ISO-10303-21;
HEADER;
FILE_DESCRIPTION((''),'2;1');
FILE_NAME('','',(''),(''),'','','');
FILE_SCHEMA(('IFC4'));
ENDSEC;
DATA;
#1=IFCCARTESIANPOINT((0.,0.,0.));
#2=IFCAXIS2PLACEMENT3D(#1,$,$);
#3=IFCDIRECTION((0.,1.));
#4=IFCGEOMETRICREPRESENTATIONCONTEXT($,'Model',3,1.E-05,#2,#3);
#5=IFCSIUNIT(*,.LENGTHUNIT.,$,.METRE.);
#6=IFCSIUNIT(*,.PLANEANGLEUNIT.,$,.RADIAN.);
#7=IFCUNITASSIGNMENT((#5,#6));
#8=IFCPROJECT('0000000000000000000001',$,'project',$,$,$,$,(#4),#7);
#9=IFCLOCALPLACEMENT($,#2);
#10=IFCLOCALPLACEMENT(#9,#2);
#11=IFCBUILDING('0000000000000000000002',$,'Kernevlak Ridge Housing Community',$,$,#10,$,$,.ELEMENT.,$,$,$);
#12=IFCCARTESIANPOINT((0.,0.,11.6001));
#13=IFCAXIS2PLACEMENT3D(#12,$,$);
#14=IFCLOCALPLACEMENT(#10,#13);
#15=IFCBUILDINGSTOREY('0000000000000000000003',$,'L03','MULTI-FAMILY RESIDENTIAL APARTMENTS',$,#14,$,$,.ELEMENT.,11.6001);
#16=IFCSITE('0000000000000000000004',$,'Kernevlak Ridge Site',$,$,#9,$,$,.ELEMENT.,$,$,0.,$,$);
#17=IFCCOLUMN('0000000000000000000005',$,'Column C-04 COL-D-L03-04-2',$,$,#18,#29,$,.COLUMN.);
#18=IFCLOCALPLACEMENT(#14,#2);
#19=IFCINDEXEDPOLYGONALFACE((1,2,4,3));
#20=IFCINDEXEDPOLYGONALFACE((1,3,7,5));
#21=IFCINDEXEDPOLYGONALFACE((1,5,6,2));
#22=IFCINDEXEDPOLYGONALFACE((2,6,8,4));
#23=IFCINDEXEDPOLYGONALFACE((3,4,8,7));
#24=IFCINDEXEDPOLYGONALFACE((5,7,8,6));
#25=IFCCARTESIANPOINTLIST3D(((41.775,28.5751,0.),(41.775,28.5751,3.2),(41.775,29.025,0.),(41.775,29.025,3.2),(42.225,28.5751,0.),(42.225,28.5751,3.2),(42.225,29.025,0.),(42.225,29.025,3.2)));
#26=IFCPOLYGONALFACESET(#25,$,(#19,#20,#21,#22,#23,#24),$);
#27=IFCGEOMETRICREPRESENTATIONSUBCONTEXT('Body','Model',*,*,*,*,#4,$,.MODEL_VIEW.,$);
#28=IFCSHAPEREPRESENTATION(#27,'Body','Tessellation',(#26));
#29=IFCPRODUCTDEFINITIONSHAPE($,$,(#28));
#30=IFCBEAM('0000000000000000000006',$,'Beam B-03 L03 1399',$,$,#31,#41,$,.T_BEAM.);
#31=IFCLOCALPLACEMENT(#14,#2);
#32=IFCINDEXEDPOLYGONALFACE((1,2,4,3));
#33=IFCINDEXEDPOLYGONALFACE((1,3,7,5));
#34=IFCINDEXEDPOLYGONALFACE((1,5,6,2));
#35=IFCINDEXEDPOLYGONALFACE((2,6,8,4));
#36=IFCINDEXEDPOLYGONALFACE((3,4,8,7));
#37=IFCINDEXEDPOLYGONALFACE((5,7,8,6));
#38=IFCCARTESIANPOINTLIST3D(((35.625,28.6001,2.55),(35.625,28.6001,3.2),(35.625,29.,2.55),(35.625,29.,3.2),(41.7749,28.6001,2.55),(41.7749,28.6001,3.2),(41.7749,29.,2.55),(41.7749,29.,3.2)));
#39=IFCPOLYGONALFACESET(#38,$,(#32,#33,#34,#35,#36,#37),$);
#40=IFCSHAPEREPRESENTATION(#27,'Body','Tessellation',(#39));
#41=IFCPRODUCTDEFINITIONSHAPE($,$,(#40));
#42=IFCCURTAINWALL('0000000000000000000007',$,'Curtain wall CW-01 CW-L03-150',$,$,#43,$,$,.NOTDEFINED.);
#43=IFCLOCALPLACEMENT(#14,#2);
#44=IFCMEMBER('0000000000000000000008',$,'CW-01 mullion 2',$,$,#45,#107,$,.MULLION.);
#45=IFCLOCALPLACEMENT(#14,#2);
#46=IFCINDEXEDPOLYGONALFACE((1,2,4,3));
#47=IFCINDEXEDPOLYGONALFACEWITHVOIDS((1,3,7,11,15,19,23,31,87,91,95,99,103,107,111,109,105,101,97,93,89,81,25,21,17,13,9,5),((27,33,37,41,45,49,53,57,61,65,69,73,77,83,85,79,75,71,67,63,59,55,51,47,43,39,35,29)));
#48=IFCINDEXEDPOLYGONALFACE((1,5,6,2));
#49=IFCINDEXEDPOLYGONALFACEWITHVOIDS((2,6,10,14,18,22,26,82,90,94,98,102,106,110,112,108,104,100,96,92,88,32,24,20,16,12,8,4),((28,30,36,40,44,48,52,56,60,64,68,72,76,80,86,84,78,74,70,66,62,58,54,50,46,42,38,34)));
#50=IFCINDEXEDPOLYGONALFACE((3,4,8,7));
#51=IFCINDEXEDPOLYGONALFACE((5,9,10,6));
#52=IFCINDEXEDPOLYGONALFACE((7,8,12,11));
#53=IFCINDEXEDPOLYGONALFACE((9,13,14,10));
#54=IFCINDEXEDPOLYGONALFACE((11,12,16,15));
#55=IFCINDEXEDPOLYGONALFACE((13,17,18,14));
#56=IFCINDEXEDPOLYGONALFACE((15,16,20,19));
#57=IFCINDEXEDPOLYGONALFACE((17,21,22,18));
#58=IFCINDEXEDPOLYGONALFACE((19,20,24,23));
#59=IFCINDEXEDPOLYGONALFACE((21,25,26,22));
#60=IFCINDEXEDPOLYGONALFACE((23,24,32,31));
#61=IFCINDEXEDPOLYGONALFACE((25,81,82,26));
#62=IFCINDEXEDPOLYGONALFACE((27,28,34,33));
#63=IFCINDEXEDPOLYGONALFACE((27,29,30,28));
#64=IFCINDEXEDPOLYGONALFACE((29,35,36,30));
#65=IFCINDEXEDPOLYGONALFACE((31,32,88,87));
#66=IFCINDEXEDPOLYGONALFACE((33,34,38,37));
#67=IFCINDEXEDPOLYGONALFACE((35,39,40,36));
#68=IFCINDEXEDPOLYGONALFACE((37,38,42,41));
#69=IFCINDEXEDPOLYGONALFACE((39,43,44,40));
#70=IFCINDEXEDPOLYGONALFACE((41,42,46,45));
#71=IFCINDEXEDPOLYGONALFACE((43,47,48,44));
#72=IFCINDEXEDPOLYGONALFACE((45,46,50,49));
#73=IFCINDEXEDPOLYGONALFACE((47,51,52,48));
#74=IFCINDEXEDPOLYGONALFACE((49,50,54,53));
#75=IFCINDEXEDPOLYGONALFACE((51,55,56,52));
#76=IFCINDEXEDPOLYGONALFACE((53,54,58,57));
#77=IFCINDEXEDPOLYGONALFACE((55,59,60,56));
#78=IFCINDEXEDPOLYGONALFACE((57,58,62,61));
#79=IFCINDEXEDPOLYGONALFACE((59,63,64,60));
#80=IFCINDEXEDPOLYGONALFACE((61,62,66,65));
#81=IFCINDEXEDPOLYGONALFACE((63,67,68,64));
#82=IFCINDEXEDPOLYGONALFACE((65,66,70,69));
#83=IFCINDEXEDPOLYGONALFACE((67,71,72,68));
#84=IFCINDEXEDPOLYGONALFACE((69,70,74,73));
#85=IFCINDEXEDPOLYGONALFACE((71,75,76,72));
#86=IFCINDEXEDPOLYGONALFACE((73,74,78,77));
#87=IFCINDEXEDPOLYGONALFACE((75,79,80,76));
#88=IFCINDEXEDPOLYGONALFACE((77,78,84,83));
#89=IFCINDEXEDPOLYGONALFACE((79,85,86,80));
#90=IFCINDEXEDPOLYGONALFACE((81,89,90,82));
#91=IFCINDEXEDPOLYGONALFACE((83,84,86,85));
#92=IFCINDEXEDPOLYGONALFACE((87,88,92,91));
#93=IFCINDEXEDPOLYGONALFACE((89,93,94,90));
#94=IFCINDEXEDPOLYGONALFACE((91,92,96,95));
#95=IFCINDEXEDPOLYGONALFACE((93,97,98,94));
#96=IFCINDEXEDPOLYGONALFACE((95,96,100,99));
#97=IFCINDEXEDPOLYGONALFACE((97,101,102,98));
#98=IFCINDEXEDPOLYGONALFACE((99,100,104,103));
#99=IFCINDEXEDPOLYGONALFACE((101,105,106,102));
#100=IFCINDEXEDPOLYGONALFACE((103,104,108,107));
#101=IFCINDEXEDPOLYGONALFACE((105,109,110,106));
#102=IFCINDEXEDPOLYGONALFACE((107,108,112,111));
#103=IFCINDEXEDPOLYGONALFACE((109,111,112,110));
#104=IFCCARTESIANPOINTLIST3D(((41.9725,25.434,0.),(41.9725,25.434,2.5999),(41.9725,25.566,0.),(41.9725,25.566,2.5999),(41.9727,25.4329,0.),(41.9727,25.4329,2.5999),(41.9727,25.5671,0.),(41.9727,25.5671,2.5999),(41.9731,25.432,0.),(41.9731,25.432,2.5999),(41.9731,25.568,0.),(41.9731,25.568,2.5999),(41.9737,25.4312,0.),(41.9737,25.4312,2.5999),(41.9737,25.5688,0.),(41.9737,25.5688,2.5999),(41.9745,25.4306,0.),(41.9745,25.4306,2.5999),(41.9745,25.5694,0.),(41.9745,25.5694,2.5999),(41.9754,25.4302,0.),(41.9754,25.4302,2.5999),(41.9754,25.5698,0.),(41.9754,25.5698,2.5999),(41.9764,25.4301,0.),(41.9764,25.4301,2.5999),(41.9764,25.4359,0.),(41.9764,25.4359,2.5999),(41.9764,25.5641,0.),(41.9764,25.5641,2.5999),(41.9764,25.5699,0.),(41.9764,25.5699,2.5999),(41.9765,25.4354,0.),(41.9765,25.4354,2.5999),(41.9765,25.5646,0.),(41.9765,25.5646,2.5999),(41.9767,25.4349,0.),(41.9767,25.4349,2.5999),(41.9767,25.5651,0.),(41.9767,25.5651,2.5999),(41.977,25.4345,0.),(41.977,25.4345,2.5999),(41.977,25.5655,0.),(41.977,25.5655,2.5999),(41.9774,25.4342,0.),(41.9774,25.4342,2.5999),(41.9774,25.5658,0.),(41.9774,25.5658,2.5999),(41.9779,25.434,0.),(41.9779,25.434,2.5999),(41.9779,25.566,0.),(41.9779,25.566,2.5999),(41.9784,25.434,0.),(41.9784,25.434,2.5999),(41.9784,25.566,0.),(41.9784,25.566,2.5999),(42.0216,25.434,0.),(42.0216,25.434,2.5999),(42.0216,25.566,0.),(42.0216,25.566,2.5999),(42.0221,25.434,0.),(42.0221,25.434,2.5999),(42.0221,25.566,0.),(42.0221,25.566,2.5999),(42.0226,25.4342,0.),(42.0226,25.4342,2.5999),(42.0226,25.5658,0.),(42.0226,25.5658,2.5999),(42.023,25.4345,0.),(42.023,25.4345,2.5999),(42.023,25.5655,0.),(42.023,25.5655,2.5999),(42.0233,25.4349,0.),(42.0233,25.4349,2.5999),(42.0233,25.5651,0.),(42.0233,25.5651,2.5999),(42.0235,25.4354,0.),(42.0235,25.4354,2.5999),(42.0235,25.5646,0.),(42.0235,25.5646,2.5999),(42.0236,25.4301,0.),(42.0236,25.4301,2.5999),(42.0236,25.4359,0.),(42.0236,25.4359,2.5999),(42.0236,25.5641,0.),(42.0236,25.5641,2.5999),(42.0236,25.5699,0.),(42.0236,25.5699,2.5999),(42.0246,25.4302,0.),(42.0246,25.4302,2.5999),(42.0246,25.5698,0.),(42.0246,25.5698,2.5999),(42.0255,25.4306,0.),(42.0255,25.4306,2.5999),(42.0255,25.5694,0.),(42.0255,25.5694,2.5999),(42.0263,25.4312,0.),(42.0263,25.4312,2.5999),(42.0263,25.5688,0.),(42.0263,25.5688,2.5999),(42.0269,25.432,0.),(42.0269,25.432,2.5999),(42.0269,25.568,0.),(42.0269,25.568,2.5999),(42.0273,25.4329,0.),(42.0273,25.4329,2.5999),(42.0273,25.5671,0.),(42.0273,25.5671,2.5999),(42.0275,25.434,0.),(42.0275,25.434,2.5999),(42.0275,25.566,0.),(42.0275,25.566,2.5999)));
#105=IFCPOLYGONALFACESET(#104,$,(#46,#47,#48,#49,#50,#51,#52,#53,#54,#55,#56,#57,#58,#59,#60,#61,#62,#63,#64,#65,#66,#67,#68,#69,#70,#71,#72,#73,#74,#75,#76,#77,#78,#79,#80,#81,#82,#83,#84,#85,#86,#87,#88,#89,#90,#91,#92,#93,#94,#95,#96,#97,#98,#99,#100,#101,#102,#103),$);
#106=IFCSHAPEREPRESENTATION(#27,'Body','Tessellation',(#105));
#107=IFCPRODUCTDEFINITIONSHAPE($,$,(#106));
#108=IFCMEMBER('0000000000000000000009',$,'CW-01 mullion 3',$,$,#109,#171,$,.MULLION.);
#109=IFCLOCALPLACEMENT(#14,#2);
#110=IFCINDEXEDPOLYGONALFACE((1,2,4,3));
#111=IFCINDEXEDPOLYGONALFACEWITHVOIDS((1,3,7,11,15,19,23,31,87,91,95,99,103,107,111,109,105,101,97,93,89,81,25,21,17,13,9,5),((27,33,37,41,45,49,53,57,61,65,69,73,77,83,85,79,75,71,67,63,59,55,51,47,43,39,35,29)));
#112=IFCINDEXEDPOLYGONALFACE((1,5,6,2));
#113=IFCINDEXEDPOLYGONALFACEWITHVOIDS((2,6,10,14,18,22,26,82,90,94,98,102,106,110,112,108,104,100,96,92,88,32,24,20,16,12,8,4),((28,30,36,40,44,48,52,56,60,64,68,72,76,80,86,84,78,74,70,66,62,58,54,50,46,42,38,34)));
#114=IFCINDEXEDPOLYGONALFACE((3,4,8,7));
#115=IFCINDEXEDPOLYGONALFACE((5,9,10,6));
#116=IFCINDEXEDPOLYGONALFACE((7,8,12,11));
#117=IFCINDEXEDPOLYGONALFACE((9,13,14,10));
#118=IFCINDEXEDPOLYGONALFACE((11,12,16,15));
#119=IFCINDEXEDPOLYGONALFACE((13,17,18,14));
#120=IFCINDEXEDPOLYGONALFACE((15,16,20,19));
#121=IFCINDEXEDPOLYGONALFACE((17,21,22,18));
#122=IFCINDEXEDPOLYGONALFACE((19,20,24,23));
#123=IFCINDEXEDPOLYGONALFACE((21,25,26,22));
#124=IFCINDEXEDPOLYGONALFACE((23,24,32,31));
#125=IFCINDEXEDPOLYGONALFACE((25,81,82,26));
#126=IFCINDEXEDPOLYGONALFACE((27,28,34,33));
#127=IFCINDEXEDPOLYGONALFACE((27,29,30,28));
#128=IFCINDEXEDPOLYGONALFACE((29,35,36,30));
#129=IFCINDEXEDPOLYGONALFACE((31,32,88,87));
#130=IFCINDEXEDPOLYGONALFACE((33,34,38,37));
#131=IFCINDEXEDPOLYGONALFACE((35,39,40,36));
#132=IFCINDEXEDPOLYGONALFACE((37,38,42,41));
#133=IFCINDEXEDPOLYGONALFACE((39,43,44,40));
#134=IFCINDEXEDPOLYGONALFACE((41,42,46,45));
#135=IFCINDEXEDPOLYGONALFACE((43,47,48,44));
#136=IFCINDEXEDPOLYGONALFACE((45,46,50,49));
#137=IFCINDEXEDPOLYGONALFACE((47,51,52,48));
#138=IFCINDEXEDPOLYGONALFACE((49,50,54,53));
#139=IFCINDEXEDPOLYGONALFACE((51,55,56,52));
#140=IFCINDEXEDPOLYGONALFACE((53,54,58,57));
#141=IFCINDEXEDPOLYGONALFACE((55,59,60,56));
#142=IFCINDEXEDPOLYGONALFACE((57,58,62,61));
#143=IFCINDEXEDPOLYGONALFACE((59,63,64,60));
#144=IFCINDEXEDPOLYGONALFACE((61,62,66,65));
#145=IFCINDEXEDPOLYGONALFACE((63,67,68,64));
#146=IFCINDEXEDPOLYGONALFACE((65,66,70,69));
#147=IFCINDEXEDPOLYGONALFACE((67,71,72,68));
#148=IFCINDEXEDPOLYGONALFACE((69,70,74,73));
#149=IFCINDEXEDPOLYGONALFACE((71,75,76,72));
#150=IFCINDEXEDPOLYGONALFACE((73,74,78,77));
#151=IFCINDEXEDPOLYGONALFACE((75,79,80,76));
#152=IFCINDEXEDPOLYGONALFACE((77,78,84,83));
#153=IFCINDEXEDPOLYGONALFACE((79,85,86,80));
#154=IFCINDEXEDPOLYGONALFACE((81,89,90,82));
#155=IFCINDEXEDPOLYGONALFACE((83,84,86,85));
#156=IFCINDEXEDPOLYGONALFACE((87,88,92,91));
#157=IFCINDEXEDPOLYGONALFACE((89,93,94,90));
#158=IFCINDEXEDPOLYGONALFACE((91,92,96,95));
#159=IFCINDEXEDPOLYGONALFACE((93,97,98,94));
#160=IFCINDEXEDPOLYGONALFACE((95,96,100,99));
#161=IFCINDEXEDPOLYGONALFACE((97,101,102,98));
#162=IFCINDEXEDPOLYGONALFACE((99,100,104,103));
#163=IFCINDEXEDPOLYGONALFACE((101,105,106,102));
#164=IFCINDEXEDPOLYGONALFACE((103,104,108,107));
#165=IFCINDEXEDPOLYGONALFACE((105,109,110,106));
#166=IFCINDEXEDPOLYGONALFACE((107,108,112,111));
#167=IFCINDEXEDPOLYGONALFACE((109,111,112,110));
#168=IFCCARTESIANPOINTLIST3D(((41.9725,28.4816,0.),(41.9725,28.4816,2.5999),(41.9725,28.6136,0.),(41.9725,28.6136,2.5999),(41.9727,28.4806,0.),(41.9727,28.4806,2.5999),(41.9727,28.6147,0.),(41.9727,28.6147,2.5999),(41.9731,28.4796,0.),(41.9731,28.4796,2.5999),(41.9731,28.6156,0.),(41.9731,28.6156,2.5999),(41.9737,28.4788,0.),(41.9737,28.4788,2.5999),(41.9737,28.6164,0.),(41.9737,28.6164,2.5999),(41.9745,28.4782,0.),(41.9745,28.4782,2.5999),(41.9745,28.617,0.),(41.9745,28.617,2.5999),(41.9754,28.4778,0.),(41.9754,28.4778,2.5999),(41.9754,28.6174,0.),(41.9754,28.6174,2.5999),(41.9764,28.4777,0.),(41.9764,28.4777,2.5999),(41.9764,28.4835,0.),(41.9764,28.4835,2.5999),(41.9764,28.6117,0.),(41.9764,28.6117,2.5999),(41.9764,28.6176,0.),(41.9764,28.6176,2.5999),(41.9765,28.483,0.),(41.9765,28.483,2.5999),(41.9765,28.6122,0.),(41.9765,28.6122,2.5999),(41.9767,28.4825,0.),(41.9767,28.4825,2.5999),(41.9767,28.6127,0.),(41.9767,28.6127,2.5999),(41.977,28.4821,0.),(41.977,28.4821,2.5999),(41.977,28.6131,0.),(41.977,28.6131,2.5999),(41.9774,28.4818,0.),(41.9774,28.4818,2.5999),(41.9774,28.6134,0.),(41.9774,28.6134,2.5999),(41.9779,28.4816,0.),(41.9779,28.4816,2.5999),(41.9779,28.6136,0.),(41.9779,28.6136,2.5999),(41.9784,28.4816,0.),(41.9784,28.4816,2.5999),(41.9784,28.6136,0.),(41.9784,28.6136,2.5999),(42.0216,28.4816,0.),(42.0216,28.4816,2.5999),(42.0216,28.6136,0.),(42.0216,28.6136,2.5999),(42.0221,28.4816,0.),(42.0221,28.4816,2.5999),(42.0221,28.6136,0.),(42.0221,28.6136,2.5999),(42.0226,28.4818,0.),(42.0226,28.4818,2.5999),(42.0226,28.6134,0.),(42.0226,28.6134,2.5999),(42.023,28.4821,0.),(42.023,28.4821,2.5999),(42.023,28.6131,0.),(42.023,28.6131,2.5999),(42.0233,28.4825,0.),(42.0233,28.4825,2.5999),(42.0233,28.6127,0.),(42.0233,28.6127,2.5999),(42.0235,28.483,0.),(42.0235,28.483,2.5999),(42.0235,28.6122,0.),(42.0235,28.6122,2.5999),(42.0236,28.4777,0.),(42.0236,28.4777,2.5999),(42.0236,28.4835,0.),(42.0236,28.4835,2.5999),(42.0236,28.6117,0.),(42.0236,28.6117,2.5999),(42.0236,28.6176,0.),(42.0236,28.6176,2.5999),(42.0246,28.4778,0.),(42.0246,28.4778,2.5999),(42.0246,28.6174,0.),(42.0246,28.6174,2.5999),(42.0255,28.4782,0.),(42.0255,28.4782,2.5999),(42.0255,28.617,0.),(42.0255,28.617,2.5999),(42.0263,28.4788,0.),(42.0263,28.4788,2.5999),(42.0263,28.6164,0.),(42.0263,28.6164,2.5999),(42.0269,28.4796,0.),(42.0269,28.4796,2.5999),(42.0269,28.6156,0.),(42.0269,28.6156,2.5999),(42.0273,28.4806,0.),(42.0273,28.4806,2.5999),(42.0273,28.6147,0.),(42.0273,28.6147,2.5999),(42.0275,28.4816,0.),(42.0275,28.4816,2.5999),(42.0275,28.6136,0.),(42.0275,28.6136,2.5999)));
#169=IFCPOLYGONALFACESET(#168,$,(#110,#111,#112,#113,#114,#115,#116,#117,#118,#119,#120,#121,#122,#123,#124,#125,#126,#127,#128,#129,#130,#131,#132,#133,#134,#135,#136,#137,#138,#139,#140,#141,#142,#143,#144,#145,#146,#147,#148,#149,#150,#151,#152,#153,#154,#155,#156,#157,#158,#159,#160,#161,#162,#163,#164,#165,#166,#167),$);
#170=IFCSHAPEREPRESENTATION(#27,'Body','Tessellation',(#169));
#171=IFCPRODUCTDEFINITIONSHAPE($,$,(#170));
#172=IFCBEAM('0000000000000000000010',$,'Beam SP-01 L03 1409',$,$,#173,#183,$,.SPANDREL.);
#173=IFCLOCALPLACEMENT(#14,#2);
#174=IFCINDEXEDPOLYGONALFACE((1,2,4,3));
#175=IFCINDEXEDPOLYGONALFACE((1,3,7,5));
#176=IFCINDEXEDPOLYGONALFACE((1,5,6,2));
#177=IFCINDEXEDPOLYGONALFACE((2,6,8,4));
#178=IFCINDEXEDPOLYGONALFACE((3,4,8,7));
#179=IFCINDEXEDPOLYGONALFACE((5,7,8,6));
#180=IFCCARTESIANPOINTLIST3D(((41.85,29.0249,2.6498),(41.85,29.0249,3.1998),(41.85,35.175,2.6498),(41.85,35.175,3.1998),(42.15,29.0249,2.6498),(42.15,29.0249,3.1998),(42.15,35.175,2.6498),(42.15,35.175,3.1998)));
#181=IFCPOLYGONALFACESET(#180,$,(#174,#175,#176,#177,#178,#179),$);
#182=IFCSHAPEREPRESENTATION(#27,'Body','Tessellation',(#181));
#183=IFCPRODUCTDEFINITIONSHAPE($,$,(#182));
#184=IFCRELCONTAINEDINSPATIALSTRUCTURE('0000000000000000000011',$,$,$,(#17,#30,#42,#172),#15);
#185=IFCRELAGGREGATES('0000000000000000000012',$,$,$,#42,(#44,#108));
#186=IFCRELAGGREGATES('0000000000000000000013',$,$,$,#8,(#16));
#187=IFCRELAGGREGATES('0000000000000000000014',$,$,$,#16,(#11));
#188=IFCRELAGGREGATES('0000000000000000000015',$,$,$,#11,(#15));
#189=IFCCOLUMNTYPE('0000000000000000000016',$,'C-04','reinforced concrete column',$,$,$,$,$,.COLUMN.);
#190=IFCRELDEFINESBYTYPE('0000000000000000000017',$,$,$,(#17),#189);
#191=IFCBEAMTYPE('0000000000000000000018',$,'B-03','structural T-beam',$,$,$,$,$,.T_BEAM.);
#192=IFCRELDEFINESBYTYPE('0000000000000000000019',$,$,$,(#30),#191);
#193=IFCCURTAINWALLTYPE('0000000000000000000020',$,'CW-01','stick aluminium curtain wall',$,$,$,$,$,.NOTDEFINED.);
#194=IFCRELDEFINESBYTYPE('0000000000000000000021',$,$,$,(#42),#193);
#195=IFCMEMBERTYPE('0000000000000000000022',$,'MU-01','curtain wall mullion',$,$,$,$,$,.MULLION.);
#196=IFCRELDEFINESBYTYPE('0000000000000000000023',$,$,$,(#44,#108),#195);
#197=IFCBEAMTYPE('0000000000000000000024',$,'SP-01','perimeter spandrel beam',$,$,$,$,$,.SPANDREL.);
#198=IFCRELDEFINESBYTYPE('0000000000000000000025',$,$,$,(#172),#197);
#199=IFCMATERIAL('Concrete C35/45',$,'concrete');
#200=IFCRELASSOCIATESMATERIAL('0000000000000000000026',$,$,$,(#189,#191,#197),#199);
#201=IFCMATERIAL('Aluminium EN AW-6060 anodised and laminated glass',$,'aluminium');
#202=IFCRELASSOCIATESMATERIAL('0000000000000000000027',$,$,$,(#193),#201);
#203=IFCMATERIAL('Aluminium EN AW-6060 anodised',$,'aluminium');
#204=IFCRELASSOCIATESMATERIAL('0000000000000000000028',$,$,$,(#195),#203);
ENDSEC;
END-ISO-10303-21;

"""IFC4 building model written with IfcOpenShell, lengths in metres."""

from ifc_helpers import new_model, si_unit, direction, frame, origin, origin_2d, place, context, subcontext, project, spatial, rectangle, hollow_rectangle, extrude, material, material_profile, profile_set, type_object, element, aggregate, save


model = new_model("IFC4")

# Units and contexts
model_context = context("Model", 3, precision=1e-05, world=origin(), true_north=direction((0.0, 1.0)))
body_context = subcontext(model_context, "Body", "Model", "MODEL_VIEW")
ifc_project = project(units=[si_unit("LENGTHUNIT", "METRE"), si_unit("PLANEANGLEUNIT", "RADIAN")], contexts=[model_context])

# Site, building, storey
site_placement = place(None, origin())
site = spatial("IfcSite", under=ifc_project, at=site_placement, Name="Kernevlak Ridge Site", CompositionType="ELEMENT", RefElevation=0.0)
building_placement = place(site_placement, origin())
building = spatial("IfcBuilding", under=site, at=building_placement, Name="Kernevlak Ridge Housing Community", CompositionType="ELEMENT")
storey_placement = place(building_placement, frame((0.0, 0.0, 11.6001)))
storey = spatial("IfcBuildingStorey", under=building, at=storey_placement, Name="L03", Description="MULTI-FAMILY RESIDENTIAL APARTMENTS", CompositionType="ELEMENT", Elevation=11.6001)

# Column
ifc_material_1 = material(Name="Concrete C35/45", Category="concrete")
ifc_material_profile_1 = material_profile(ifc_material_1, rectangle(XDim=0.45, YDim=0.45, at=origin_2d()), Name="RC 450x450")
ifc_profile_set_1 = profile_set([ifc_material_profile_1], Name="Concrete C35/45")
column_type = type_object("IfcColumnType", Name="C-04", Description="reinforced concrete column", PredefinedType="COLUMN", material=ifc_profile_set_1)
column_placement = place(storey_placement, frame((42.0, 28.8, 0.0), z_axis=(0.0, 0.0, 1.0), x_axis=(1.0, 0.0, 0.0)))
element("IfcColumn", 1, at=column_placement, inside=storey, type_object=column_type, Name="Column C-04 COL-D-L03-04-2", PredefinedType="COLUMN", context=body_context, shape_type="SweptSolid", body=[
    extrude(rectangle(XDim=0.45, YDim=0.45, at=origin_2d()), origin(), (0.0, 0.0, 1.0), 3.2),
])

# Beam
ifc_material_profile_2 = material_profile(ifc_material_1, rectangle(XDim=0.3999, YDim=0.6499, at=origin_2d()), Name="RC 400x650")
ifc_profile_set_2 = profile_set([ifc_material_profile_2], Name="Concrete C35/45")
beam_type_1 = type_object("IfcBeamType", Name="B-03", Description="structural T-beam", PredefinedType="T_BEAM", material=ifc_profile_set_2)
beam_1_placement = place(storey_placement, frame((35.625, 28.8, 2.875), z_axis=(1.0, 0.0, 0.0), x_axis=(0.0, 1.0, 0.0)))
element("IfcBeam", 2, at=beam_1_placement, inside=storey, type_object=beam_type_1, Name="Beam B-03 L03 1399", PredefinedType="T_BEAM", context=body_context, shape_type="SweptSolid", body=[
    extrude(rectangle(XDim=0.3999, YDim=0.6499, at=origin_2d()), origin(), (0.0, 0.0, 1.0), 6.1499),
])

# Curtain wall, members
ifc_material_2 = material(Name="Aluminium EN AW-6060 anodised and laminated glass", Category="aluminium")
curtain_wall_type = type_object("IfcCurtainWallType", Name="CW-01", Description="stick aluminium curtain wall", PredefinedType="NOTDEFINED", material=ifc_material_2)
curtain_wall_placement = place(storey_placement, origin())
curtain_wall = element("IfcCurtainWall", 3, at=curtain_wall_placement, inside=storey, type_object=curtain_wall_type, Name="Curtain wall CW-01 CW-L03-150", PredefinedType="NOTDEFINED")
ifc_material_3 = material(Name="Aluminium EN AW-6060 anodised", Category="aluminium")
ifc_material_profile_3 = material_profile(ifc_material_3, hollow_rectangle(XDim=0.0549, YDim=0.1399, WallThickness=0.0039, InnerFilletRadius=0.002, OuterFilletRadius=0.0039, at=origin_2d()), Name="ALU 55x140x4")
ifc_profile_set_3 = profile_set([ifc_material_profile_3], Name="Aluminium EN AW-6060 anodised")
member_type_1 = type_object("IfcMemberType", Name="MU-01", Description="curtain wall mullion", PredefinedType="MULLION", material=ifc_profile_set_3)
member_1_placement = place(storey_placement, frame((42.0, 25.5, 0.0), z_axis=(0.0, 0.0, 1.0), x_axis=(-1.0, 0.0, 0.0)))
member_1 = element("IfcMember", 4, at=member_1_placement, type_object=member_type_1, Name="CW-01 mullion 2", PredefinedType="MULLION", context=body_context, shape_type="SweptSolid", body=[
    extrude(hollow_rectangle(XDim=0.0549, YDim=0.1399, WallThickness=0.0039, InnerFilletRadius=0.002, OuterFilletRadius=0.0039, at=origin_2d()), origin(), (0.0, 0.0, 1.0), 2.5999),
])
member_2_placement = place(storey_placement, frame((42.0, 28.5476, 0.0), z_axis=(0.0, 0.0, 1.0), x_axis=(-1.0, 0.0, 0.0)))
member_2 = element("IfcMember", 5, at=member_2_placement, type_object=member_type_1, Name="CW-01 mullion 3", PredefinedType="MULLION", context=body_context, shape_type="SweptSolid", body=[
    extrude(hollow_rectangle(XDim=0.0549, YDim=0.1399, WallThickness=0.0039, InnerFilletRadius=0.002, OuterFilletRadius=0.0039, at=origin_2d()), origin(), (0.0, 0.0, 1.0), 2.5999),
])

# Beam
ifc_material_profile_4 = material_profile(ifc_material_1, rectangle(XDim=0.3, YDim=0.55, at=origin_2d()), Name="RC 300x550")
ifc_profile_set_4 = profile_set([ifc_material_profile_4], Name="Concrete C35/45")
beam_type_2 = type_object("IfcBeamType", Name="SP-01", Description="perimeter spandrel beam", PredefinedType="SPANDREL", material=ifc_profile_set_4)
beam_2_placement = place(storey_placement, frame((42.0, 29.0249, 2.9248), z_axis=(0.0, 1.0, 0.0), x_axis=(-1.0, 0.0, 0.0)))
element("IfcBeam", 6, at=beam_2_placement, inside=storey, type_object=beam_type_2, Name="Beam SP-01 L03 1409", PredefinedType="SPANDREL", context=body_context, shape_type="SweptSolid", body=[
    extrude(rectangle(XDim=0.3, YDim=0.55, at=origin_2d()), origin(), (0.0, 0.0, 1.0), 6.1501),
])

aggregate(curtain_wall, [member_1, member_2])

save(model, "model.ifc")
